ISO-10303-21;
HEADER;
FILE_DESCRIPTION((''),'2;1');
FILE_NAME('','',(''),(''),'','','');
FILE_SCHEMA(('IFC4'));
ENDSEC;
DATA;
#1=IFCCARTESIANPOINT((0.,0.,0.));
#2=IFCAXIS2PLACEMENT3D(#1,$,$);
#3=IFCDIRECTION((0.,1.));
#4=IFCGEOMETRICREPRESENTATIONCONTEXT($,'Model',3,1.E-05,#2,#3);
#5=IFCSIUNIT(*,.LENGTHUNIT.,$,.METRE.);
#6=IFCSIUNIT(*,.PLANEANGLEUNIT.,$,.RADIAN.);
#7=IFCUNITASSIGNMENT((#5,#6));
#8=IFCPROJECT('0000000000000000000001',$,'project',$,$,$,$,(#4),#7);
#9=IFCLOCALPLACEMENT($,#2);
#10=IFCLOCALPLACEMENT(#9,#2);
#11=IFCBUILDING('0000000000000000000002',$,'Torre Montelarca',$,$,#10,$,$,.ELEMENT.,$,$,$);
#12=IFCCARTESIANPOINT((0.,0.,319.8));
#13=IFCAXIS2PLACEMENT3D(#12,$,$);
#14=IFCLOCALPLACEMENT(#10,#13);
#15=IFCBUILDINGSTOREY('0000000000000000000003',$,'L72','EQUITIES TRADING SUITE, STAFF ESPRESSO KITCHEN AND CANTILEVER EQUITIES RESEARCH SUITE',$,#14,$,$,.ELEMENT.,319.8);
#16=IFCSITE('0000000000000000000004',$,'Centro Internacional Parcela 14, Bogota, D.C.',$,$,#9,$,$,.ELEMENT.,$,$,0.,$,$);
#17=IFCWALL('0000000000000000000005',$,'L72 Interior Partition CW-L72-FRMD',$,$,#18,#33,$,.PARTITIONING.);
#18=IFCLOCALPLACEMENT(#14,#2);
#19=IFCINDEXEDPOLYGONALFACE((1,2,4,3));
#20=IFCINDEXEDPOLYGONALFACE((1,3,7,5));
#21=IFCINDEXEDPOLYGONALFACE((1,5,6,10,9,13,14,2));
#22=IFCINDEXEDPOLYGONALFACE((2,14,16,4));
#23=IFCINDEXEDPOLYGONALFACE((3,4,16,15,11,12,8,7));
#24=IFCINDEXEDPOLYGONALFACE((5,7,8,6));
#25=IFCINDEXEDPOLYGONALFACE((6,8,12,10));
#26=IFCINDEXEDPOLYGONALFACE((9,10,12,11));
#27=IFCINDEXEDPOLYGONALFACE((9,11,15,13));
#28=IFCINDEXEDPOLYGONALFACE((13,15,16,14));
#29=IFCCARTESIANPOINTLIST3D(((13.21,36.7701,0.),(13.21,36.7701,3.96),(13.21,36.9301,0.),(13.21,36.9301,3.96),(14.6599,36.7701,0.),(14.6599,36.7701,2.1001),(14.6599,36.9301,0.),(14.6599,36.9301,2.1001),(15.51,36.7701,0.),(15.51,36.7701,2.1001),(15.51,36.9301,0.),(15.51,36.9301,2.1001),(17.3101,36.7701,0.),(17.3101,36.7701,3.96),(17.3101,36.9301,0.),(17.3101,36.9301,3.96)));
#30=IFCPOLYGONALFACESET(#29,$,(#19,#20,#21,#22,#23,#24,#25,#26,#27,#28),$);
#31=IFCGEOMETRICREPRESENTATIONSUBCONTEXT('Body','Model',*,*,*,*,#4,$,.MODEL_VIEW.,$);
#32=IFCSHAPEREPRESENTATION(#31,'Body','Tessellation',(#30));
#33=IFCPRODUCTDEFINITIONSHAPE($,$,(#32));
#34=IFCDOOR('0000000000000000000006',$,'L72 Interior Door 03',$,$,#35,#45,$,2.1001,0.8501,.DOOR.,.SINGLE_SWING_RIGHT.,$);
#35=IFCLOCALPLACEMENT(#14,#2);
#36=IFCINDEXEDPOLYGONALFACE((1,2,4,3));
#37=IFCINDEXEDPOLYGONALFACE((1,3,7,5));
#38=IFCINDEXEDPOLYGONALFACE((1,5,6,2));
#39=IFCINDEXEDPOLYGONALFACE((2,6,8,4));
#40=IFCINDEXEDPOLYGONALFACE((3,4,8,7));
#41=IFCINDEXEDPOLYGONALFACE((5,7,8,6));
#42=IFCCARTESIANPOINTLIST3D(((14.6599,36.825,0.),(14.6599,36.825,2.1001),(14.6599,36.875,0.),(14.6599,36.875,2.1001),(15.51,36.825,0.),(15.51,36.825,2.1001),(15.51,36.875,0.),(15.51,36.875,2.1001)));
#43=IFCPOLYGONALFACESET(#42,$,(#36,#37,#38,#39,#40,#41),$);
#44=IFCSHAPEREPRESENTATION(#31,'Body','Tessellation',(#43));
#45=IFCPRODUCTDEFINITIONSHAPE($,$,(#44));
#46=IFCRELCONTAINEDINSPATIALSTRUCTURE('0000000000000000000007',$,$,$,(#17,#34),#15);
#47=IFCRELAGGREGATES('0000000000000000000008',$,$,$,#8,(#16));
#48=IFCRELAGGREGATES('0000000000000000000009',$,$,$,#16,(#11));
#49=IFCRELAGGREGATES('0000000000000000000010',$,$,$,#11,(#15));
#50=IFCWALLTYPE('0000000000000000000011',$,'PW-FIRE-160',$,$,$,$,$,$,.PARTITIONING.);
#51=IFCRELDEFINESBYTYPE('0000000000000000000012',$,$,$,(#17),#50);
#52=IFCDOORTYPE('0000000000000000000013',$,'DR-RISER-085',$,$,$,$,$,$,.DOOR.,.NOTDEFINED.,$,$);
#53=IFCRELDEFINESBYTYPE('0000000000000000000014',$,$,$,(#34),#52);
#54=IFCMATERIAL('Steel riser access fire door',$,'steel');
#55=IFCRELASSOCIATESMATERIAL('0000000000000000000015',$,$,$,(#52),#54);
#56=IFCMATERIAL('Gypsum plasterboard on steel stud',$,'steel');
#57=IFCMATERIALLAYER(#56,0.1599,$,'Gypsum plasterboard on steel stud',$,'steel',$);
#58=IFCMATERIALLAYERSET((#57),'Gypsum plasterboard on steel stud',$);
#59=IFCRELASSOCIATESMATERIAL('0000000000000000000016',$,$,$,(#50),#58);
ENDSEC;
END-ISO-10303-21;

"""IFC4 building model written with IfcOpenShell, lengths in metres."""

from ifc_helpers import new_model, si_unit, direction, frame, frame_2d, origin, place, context, subcontext, project, spatial, rectangle, extrude, source, transform, mapped, material, layer, layer_set, type_object, element, fill, save


model = new_model("IFC4")

# Units and contexts
model_context = context("Model", 3, precision=1e-05, world=origin(), true_north=direction((0.0, 1.0)))
body_context = subcontext(model_context, "Body", "Model", "MODEL_VIEW")
ifc_project = project(units=[si_unit("LENGTHUNIT", "METRE"), si_unit("PLANEANGLEUNIT", "RADIAN")], contexts=[model_context])

# Site, building, storey
site_placement = place(None, origin())
site = spatial("IfcSite", under=ifc_project, at=site_placement, Name="Centro Internacional Parcela 14, Bogota, D.C.", CompositionType="ELEMENT", RefElevation=0.0)
building_placement = place(site_placement, origin())
building = spatial("IfcBuilding", under=site, at=building_placement, Name="Torre Montelarca", CompositionType="ELEMENT")
storey_placement = place(building_placement, frame((0.0, 0.0, 319.8)))
storey = spatial("IfcBuildingStorey", under=building, at=storey_placement, Name="L72", Description="EQUITIES TRADING SUITE, STAFF ESPRESSO KITCHEN AND CANTILEVER EQUITIES RESEARCH SUITE", CompositionType="ELEMENT", Elevation=319.8)

# Shared definitions
ifc_material_1 = material(Name="Steel riser access fire door", Category="steel")
door_type_1 = type_object("IfcDoorType", Name="DR-RISER-085", OperationType="NOTDEFINED", PredefinedType="DOOR", material=ifc_material_1)
shared_shape_1 = source(origin(), body_context, "Body", "SweptSolid", [
    extrude(rectangle(XDim=0.8501, YDim=2.1001, at=frame_2d((0.425, 1.05))), frame((0.0, 0.0249, 0.0), z_axis=(0.0, -1.0, 0.0), x_axis=(1.0, 0.0, 0.0)), (0.0, 0.0, 1.0), 0.05),
])

# Shared definitions
ifc_material_2 = material(Name="Gypsum plasterboard on steel stud", Category="steel")
ifc_layer_1 = layer(ifc_material_2, 0.1599, Name="Gypsum plasterboard on steel stud", Category="steel")
ifc_layer_set_1 = layer_set([ifc_layer_1], Name="Gypsum plasterboard on steel stud")
wall_type_1 = type_object("IfcWallType", Name="PW-FIRE-160", PredefinedType="PARTITIONING", material=ifc_layer_set_1)

# Wall, opening, door
wall_1_placement = place(storey_placement, frame((13.21, 36.8501, 0.0), z_axis=(0.0, 0.0, 1.0), x_axis=(1.0, 0.0, 0.0)))
wall_1 = element("IfcWall", 1, at=wall_1_placement, inside=storey, type_object=wall_type_1, Name="L72 Interior Partition CW-L72-FRMD", PredefinedType="PARTITIONING", context=body_context, shape_type="SweptSolid", body=[
    extrude(rectangle(XDim=4.1001, YDim=0.1599, at=frame_2d((2.05, 0.0))), origin(), (0.0, 0.0, 1.0), 3.96),
])
opening_1_placement = place(wall_1_placement, frame((1.45, 0.0, 0.0)))
opening_1 = element("IfcOpeningElement", 2, at=opening_1_placement, cuts=wall_1, PredefinedType="OPENING", context=body_context, shape_type="SweptSolid", body=[
    extrude(rectangle(XDim=0.8501, YDim=2.1001, at=frame_2d((0.425, 1.05))), frame((0.0, 0.0898, 0.0), z_axis=(0.0, -1.0, 0.0), x_axis=(1.0, 0.0, 0.0)), (0.0, 0.0, 1.0), 0.1799),
])
door_1_placement = place(opening_1_placement, origin())
door_1 = element("IfcDoor", 3, at=door_1_placement, inside=storey, type_object=door_type_1, Name="L72 Interior Door 03", OperationType="SINGLE_SWING_RIGHT", OverallHeight=2.1001, OverallWidth=0.8501, PredefinedType="DOOR", context=body_context, shape_type="MappedRepresentation", body=[
    mapped(shared_shape_1, transform((0.0, 0.0, 0.0), scale=1.0)),
])
fill(opening_1, door_1)

save(model, "model.ifc")
